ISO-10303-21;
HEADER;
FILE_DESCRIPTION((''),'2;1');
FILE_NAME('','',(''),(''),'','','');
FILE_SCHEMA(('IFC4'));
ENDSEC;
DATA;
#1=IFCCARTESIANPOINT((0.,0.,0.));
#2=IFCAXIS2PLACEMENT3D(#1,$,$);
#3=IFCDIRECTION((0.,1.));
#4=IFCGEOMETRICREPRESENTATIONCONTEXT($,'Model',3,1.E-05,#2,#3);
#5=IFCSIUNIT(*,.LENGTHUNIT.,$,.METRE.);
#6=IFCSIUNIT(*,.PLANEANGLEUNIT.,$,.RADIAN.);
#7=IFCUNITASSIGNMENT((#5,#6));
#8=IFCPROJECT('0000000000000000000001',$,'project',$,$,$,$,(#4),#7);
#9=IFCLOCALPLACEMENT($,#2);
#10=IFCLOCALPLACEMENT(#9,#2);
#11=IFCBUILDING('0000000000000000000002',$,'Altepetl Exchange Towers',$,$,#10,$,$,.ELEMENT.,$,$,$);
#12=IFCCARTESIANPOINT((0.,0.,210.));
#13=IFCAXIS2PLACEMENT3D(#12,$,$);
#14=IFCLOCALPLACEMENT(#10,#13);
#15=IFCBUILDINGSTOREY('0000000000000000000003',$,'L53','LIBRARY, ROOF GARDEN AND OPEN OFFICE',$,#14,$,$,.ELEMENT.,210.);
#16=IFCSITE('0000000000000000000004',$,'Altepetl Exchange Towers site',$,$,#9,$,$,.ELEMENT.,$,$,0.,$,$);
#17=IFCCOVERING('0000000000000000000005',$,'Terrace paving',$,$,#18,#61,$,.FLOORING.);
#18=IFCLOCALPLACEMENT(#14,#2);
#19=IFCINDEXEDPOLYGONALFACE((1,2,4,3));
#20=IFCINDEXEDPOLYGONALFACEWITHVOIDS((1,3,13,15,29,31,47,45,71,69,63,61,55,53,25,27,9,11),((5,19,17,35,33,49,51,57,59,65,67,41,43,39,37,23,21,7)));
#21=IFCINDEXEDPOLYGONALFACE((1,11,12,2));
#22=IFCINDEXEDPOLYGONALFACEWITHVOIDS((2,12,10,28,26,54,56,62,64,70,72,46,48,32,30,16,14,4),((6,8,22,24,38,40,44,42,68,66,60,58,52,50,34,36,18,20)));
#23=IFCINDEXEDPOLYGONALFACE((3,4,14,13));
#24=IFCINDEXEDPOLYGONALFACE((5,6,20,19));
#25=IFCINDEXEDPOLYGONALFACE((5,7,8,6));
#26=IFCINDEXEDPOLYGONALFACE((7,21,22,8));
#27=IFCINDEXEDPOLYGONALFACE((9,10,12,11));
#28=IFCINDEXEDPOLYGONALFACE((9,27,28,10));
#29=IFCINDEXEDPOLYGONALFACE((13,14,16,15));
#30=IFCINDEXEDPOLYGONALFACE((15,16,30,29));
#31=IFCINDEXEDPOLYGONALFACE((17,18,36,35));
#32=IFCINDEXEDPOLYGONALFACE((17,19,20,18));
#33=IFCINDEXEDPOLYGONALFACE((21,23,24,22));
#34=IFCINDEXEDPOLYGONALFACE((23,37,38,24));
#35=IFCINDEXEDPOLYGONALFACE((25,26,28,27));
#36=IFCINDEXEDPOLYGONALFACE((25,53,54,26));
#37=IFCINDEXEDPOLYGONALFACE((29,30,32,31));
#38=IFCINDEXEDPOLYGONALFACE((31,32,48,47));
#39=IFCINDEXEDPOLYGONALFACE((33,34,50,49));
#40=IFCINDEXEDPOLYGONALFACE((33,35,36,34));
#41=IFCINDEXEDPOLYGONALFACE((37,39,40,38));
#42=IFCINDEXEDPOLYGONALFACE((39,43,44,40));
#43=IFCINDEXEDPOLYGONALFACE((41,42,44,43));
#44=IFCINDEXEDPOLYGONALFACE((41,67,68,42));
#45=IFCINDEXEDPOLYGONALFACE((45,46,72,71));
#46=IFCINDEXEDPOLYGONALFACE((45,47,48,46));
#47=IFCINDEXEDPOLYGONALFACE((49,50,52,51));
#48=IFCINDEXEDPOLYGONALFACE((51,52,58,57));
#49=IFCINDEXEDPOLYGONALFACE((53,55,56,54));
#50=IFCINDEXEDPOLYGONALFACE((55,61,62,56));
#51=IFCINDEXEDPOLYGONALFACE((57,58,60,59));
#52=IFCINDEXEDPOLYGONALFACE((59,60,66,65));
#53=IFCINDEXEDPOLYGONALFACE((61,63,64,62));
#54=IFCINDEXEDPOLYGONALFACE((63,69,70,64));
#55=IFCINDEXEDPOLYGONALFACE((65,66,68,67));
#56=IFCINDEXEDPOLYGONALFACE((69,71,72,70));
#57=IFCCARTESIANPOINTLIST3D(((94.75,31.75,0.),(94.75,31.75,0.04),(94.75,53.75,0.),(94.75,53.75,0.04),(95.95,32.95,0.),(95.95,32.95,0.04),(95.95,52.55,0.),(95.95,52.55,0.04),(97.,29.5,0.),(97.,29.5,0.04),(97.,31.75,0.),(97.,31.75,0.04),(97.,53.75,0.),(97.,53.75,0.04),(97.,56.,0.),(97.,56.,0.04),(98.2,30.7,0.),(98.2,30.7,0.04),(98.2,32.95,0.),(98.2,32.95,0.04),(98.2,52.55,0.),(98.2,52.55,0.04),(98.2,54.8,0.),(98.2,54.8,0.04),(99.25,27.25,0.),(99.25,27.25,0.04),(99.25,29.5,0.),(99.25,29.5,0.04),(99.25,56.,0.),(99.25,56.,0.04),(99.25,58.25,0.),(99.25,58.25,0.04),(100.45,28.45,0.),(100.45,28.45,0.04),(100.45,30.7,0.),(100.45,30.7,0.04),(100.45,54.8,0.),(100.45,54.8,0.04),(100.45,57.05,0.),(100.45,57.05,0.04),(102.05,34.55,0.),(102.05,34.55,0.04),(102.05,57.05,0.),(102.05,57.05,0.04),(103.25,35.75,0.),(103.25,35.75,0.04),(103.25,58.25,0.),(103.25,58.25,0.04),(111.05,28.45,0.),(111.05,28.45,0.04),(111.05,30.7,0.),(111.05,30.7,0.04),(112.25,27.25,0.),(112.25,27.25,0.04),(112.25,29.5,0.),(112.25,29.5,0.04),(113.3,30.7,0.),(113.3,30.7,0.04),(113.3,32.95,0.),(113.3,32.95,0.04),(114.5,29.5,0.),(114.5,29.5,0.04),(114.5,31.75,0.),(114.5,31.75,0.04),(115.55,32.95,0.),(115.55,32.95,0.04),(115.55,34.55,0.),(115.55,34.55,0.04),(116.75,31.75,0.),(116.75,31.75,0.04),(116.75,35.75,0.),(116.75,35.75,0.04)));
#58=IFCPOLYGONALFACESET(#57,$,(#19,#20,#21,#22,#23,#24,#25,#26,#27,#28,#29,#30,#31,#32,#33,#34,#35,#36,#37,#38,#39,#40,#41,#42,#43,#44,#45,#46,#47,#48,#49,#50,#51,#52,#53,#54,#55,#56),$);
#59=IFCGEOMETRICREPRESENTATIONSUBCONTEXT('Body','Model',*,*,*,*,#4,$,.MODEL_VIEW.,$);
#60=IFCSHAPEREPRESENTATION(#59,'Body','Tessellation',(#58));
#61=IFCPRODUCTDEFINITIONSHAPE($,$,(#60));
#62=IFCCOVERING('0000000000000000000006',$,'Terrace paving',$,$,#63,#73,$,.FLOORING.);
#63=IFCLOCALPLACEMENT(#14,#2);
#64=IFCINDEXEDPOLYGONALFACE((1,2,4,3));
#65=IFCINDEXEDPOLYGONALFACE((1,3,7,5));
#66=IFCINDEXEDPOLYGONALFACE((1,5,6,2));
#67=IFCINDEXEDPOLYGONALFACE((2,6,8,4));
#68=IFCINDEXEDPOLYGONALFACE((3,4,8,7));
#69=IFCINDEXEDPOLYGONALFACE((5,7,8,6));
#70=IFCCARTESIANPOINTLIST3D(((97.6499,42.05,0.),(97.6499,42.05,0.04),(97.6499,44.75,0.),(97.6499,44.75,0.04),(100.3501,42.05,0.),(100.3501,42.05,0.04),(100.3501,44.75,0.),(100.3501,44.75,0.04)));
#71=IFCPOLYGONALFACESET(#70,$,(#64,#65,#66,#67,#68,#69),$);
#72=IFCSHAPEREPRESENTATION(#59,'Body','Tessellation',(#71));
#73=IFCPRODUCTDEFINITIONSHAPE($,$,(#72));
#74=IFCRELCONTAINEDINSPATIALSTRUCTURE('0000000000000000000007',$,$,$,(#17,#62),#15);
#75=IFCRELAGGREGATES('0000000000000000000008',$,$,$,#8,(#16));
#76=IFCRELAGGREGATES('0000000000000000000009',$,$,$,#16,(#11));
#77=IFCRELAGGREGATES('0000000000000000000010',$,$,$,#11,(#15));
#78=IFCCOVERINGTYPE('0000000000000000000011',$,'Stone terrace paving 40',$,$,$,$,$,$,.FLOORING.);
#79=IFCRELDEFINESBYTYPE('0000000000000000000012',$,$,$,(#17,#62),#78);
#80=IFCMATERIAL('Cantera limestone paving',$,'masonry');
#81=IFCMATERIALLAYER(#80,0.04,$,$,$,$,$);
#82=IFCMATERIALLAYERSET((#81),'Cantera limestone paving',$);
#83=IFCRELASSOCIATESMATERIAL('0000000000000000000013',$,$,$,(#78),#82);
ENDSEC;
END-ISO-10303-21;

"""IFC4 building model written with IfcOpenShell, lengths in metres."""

from ifc_helpers import new_model, si_unit, direction, frame, origin, place, context, subcontext, project, spatial, polyline, outline, extrude, material, layer, layer_set, type_object, element, save


model = new_model("IFC4")

# Units and contexts
model_context = context("Model", 3, precision=1e-05, world=origin(), true_north=direction((0.0, 1.0)))
body_context = subcontext(model_context, "Body", "Model", "MODEL_VIEW")
ifc_project = project(units=[si_unit("LENGTHUNIT", "METRE"), si_unit("PLANEANGLEUNIT", "RADIAN")], contexts=[model_context])

# Site, building, storey
site_placement = place(None, origin())
site = spatial("IfcSite", under=ifc_project, at=site_placement, Name="Altepetl Exchange Towers site", CompositionType="ELEMENT", RefElevation=0.0)
building_placement = place(site_placement, origin())
building = spatial("IfcBuilding", under=site, at=building_placement, Name="Altepetl Exchange Towers", CompositionType="ELEMENT")
storey_placement = place(building_placement, frame((0.0, 0.0, 210.0)))
storey = spatial("IfcBuildingStorey", under=building, at=storey_placement, Name="L53", Description="LIBRARY, ROOF GARDEN AND OPEN OFFICE", CompositionType="ELEMENT", Elevation=210.0)

# Coverings
ifc_material_1 = material(Name="Cantera limestone paving", Category="masonry")
ifc_layer_1 = layer(ifc_material_1, 0.04)
ifc_layer_set_1 = layer_set([ifc_layer_1], Name="Cantera limestone paving")
covering_type_1 = type_object("IfcCoveringType", Name="Stone terrace paving 40", PredefinedType="FLOORING", material=ifc_layer_set_1)
covering_1_placement = place(storey_placement, origin())
element("IfcCovering", 1, at=covering_1_placement, inside=storey, type_object=covering_type_1, Name="Terrace paving", PredefinedType="FLOORING", context=body_context, shape_type="SweptSolid", body=[
    extrude(outline(polyline([(97.0, 31.75), (97.0, 29.5), (99.25, 29.5), (99.25, 27.25), (112.25, 27.25), (112.25, 29.5), (114.5, 29.5), (114.5, 31.75), (116.75, 31.75), (116.75, 35.75), (103.25, 35.75), (103.25, 58.25), (99.25, 58.25), (99.25, 56.0), (97.0, 56.0), (97.0, 53.75), (94.75, 53.75), (94.75, 31.75), (97.0, 31.75)]), holes=[polyline([(100.45, 30.7), (100.45, 28.45), (111.05, 28.45), (111.05, 30.7), (113.3, 30.7), (113.3, 32.95), (115.55, 32.95), (115.55, 34.55), (102.05, 34.55), (102.05, 57.05), (100.45, 57.05), (100.45, 54.8), (98.2, 54.8), (98.2, 52.55), (95.95, 52.55), (95.95, 32.95), (98.2, 32.95), (98.2, 30.7), (100.45, 30.7)])]), origin(), (0.0, 0.0, 1.0), 0.04),
])
covering_2_placement = place(storey_placement, origin())
element("IfcCovering", 2, at=covering_2_placement, inside=storey, type_object=covering_type_1, Name="Terrace paving", PredefinedType="FLOORING", context=body_context, shape_type="SweptSolid", body=[
    extrude(outline(polyline([(97.6499, 42.05), (100.3501, 42.05), (100.3501, 44.75), (97.6499, 44.75), (97.6499, 42.05)])), origin(), (0.0, 0.0, 1.0), 0.04),
])

save(model, "model.ifc")
